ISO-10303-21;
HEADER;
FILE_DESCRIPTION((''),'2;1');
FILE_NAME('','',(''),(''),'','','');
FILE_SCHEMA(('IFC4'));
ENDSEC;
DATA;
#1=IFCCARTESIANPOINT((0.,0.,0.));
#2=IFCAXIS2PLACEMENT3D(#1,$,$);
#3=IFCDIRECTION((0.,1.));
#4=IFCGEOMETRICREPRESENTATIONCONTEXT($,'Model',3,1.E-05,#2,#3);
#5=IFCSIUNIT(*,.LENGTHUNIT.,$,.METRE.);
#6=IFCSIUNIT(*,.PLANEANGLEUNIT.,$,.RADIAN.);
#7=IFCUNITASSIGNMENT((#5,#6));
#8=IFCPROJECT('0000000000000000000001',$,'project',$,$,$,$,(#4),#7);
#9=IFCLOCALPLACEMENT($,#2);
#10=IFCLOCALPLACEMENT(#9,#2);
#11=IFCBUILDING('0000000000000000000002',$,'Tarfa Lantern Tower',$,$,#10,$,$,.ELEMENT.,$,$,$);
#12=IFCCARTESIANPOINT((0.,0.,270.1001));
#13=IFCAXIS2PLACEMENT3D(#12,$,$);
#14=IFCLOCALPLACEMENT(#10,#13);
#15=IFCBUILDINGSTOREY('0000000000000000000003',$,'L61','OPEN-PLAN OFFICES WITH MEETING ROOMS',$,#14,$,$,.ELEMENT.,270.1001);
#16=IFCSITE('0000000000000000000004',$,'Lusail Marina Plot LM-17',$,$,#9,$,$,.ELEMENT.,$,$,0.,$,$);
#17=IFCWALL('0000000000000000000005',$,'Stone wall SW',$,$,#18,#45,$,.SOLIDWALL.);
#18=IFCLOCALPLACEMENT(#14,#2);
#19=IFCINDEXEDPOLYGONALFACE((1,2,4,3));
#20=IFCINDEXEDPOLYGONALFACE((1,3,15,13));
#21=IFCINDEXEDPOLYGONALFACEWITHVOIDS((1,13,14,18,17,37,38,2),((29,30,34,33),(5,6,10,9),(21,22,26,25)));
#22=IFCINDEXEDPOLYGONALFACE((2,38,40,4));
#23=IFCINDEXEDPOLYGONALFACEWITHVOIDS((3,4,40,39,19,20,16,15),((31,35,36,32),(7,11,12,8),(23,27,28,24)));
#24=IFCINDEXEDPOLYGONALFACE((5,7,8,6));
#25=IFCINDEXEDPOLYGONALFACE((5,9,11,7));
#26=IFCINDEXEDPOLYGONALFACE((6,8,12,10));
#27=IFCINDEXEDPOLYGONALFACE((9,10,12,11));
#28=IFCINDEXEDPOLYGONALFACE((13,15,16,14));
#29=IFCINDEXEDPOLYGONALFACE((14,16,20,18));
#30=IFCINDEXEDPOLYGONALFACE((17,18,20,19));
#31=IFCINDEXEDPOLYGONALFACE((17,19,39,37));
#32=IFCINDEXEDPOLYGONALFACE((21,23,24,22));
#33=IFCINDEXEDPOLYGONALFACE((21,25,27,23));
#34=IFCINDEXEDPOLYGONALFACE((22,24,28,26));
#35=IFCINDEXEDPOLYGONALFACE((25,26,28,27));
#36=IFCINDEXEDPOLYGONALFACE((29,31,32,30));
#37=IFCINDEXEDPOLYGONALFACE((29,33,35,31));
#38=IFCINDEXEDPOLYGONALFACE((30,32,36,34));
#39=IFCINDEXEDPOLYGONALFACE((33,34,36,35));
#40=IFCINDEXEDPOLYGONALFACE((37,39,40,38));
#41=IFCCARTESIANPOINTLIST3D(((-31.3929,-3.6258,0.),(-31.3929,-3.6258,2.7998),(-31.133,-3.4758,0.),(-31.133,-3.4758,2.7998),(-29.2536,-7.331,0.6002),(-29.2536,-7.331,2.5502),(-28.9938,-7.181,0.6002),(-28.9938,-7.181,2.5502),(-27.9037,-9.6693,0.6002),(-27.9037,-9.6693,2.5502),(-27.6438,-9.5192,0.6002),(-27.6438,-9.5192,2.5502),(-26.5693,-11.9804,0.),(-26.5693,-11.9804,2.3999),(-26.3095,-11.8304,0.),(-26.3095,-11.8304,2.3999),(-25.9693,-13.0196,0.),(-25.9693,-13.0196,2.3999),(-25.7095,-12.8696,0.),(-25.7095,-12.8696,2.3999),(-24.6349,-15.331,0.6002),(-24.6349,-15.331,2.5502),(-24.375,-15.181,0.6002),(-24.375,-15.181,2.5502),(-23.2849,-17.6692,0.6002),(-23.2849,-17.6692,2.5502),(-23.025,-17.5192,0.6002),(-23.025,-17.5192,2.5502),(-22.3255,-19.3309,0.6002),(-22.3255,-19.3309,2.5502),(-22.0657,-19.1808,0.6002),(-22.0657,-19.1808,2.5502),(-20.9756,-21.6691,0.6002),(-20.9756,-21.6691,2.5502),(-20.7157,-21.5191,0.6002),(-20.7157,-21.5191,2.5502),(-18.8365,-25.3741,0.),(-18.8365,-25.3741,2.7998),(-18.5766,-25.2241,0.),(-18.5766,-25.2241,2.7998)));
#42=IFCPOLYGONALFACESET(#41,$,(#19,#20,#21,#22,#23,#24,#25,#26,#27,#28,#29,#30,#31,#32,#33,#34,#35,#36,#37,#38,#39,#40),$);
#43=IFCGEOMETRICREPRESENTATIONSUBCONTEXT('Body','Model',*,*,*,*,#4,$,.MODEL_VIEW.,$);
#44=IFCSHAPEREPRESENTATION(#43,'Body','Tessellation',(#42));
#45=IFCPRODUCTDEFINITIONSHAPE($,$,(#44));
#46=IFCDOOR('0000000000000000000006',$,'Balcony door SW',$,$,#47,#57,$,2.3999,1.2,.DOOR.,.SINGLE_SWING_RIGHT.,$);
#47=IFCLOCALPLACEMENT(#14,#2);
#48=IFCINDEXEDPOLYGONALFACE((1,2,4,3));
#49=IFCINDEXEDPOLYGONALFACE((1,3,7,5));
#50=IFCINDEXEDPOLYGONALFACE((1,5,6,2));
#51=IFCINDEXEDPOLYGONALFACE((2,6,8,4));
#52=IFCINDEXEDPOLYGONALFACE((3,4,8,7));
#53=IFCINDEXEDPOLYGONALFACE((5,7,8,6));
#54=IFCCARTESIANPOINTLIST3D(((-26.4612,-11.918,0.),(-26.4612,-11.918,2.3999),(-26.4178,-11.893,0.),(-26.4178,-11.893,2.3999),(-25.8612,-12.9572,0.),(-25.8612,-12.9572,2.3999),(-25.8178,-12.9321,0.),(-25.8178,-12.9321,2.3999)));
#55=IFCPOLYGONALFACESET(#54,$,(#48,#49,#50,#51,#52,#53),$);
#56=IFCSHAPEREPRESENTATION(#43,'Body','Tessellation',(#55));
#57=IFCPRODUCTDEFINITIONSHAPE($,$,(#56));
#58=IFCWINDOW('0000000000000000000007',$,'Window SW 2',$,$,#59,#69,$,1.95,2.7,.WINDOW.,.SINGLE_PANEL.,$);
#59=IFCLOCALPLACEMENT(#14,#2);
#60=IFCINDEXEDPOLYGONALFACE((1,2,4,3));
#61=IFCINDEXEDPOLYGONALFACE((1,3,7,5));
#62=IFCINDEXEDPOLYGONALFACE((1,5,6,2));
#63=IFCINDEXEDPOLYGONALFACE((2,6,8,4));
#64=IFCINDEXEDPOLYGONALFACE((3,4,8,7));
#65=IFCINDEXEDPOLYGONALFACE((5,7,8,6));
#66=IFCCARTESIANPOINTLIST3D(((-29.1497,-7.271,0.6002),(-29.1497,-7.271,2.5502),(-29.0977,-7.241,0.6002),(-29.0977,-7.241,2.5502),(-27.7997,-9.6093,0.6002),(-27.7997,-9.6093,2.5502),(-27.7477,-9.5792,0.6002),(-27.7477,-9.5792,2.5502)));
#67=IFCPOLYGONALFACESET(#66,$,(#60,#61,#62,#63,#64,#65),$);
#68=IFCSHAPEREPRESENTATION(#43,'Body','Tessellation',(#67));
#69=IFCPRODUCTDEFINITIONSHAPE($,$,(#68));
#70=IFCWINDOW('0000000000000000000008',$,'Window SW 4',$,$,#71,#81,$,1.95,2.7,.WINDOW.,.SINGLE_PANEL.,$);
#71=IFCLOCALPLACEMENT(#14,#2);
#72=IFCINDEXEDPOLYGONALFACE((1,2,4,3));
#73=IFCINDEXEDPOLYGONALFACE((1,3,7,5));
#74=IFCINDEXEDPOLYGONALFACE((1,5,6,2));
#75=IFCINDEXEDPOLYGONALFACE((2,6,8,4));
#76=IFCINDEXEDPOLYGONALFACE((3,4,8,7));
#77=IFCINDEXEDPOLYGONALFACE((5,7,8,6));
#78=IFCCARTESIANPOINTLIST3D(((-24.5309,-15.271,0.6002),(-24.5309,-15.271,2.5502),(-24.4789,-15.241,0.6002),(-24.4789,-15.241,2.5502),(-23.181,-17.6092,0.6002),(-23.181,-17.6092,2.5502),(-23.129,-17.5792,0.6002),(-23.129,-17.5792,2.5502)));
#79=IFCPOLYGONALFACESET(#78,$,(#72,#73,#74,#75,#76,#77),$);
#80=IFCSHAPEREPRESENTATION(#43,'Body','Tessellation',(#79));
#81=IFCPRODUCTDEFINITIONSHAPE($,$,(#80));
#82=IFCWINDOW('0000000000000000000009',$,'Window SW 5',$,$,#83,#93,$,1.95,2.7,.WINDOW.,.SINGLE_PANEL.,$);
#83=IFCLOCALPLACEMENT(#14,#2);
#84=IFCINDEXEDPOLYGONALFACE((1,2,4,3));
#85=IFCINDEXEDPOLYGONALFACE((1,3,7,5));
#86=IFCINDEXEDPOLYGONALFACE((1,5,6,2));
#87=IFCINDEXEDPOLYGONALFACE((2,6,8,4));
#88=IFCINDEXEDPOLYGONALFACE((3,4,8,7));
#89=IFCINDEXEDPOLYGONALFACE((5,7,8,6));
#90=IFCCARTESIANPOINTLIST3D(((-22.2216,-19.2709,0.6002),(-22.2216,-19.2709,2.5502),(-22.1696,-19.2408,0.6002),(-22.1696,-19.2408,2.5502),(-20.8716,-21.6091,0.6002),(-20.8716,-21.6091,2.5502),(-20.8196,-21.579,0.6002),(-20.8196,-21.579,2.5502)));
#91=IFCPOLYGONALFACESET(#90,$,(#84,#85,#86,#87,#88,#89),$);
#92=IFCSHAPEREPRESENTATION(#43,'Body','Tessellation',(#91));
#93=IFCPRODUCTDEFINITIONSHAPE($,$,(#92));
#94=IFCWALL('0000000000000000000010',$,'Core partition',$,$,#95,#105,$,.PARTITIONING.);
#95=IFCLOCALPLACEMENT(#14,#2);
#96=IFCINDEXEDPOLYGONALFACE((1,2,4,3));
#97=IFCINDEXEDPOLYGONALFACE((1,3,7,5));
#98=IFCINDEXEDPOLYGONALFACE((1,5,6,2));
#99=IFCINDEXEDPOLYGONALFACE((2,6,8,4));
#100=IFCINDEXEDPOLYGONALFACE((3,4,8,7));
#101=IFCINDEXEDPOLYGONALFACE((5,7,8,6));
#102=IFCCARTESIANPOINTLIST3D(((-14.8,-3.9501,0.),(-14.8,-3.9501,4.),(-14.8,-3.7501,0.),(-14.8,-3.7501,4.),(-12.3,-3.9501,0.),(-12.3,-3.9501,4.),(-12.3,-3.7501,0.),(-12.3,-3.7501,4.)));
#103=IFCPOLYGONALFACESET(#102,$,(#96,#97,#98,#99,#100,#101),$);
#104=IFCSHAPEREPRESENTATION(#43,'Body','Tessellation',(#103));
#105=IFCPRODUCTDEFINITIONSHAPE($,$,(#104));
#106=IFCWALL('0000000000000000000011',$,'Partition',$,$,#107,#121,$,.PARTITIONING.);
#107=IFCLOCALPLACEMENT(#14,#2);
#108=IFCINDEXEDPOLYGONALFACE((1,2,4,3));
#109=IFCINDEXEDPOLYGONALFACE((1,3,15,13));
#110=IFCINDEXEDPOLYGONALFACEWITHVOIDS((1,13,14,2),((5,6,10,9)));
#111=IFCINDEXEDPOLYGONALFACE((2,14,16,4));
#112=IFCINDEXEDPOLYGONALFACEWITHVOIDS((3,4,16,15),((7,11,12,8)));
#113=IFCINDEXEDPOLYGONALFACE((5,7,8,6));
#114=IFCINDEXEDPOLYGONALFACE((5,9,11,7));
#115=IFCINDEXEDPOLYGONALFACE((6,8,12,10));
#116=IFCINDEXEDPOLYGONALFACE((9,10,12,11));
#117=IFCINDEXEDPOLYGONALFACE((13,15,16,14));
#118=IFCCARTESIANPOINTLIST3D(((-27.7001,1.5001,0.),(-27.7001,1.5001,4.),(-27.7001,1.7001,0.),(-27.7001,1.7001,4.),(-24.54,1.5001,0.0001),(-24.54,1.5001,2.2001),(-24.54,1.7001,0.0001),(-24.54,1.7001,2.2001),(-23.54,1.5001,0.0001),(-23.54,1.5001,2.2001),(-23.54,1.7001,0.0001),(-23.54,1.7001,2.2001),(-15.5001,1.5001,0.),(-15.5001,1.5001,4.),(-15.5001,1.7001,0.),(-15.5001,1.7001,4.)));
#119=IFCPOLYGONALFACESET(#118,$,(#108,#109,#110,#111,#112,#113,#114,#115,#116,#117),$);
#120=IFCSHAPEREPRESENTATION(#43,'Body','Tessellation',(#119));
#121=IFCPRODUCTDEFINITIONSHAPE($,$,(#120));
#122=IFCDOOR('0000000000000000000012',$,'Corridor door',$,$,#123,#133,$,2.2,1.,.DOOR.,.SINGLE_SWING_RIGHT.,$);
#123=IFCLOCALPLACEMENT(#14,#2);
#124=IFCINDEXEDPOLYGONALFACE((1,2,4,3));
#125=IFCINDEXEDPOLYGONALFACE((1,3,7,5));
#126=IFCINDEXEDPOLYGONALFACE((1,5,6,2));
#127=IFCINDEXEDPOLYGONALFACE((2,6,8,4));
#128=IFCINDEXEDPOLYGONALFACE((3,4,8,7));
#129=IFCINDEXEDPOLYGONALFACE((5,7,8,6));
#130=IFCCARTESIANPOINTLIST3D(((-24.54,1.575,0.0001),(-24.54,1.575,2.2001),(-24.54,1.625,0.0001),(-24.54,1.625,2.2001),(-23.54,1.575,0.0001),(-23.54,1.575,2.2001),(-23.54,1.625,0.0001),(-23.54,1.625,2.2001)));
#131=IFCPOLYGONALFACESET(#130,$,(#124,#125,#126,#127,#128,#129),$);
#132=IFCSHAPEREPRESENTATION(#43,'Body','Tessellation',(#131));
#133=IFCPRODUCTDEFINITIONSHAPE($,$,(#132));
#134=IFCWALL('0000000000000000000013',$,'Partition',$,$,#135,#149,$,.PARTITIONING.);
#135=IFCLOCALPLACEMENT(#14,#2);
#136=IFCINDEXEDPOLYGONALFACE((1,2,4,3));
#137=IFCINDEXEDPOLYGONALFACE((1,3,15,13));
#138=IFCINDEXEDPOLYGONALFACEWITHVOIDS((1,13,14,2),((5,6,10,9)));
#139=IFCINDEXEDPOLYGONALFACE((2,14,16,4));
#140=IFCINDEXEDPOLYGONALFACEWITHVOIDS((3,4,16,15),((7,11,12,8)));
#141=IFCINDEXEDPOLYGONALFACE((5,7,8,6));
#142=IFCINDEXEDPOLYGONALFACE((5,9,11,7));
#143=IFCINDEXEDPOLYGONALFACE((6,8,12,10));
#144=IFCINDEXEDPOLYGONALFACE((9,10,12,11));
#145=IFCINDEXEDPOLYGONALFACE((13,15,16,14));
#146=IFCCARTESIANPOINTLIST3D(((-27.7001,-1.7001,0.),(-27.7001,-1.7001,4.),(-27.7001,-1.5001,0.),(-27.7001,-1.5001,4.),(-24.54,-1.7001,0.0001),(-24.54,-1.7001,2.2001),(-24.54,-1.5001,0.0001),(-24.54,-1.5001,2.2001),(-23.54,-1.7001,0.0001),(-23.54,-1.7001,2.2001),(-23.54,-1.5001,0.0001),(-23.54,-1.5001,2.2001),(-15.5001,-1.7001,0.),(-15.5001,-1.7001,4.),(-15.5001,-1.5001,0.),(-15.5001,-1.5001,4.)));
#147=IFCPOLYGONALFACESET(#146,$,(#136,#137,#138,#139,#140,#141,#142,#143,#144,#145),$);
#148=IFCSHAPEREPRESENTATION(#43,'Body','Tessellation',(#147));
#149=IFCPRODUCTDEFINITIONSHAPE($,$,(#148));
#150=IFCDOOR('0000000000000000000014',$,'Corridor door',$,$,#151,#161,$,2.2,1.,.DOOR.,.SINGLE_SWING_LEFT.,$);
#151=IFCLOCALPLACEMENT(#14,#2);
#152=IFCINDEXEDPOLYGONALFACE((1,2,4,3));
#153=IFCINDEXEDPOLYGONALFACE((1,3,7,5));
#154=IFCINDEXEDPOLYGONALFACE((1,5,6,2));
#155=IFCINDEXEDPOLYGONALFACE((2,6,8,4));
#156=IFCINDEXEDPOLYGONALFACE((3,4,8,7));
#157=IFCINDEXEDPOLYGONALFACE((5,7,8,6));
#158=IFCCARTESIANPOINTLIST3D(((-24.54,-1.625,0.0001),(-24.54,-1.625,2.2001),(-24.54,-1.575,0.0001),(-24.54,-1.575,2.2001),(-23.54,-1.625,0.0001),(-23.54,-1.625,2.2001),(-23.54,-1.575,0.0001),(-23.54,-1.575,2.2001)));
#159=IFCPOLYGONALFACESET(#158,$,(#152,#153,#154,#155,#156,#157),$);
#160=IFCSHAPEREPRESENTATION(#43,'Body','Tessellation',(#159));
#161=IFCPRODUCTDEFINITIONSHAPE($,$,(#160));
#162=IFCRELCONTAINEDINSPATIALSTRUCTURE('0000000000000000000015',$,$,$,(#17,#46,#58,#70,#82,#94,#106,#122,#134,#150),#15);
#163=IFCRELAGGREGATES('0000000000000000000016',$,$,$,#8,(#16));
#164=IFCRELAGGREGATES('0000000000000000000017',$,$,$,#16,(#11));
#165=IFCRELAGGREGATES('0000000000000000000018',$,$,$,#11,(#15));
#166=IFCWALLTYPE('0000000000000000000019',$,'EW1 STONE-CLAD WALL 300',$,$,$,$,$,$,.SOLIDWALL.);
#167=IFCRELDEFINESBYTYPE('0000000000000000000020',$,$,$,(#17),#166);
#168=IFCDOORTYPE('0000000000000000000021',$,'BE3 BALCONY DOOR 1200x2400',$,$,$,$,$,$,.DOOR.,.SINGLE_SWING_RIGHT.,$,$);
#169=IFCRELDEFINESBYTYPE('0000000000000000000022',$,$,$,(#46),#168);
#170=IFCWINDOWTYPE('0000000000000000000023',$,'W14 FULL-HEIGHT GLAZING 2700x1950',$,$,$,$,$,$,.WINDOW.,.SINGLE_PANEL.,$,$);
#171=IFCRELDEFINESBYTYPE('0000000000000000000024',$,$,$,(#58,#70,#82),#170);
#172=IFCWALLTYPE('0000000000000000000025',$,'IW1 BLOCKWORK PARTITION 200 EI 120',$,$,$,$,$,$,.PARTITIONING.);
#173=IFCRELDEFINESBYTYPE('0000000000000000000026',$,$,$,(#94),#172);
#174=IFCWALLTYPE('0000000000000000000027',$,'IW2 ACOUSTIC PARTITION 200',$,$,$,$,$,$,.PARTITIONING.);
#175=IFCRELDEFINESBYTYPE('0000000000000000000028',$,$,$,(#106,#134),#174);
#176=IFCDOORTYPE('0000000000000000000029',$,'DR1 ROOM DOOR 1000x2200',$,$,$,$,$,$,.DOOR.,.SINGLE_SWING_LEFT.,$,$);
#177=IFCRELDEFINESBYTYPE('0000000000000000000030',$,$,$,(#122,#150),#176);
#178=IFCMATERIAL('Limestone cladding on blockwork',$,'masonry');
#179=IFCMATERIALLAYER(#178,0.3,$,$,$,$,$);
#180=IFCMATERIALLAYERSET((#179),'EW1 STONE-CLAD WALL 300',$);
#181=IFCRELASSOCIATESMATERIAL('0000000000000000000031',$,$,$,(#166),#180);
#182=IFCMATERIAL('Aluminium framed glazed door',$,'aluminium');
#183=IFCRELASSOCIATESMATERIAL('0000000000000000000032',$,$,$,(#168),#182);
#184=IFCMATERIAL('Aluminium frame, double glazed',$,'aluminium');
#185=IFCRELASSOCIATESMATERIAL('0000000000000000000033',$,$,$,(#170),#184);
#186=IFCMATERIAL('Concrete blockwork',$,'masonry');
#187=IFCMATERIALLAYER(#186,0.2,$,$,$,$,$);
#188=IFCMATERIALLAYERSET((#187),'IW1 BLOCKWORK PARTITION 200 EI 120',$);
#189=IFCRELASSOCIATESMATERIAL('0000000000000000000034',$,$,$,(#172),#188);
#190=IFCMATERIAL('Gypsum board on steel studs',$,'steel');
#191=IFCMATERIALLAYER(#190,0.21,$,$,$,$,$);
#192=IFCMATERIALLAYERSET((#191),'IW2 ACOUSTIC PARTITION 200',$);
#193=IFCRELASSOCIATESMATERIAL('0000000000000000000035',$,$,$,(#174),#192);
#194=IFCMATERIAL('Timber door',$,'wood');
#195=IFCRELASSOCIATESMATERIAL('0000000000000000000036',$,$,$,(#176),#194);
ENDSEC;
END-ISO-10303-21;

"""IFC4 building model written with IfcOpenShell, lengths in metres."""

from ifc_helpers import new_model, si_unit, direction, frame, frame_2d, origin, place, context, subcontext, project, spatial, rectangle, extrude, material, layer, layer_set, type_object, element, fill, save


model = new_model("IFC4")

# Units and contexts
model_context = context("Model", 3, precision=1e-05, world=origin(), true_north=direction((0.0, 1.0)))
body_context = subcontext(model_context, "Body", "Model", "MODEL_VIEW")
ifc_project = project(units=[si_unit("LENGTHUNIT", "METRE"), si_unit("PLANEANGLEUNIT", "RADIAN")], contexts=[model_context])

# Site, building, storey
site_placement = place(None, origin())
site = spatial("IfcSite", under=ifc_project, at=site_placement, Name="Lusail Marina Plot LM-17", CompositionType="ELEMENT", RefElevation=0.0)
building_placement = place(site_placement, origin())
building = spatial("IfcBuilding", under=site, at=building_placement, Name="Tarfa Lantern Tower", CompositionType="ELEMENT")
storey_placement = place(building_placement, frame((0.0, 0.0, 270.1001)))
storey = spatial("IfcBuildingStorey", under=building, at=storey_placement, Name="L61", Description="OPEN-PLAN OFFICES WITH MEETING ROOMS", CompositionType="ELEMENT", Elevation=270.1001)

# Wall, openings, door, windows
ifc_material_1 = material(Name="Limestone cladding on blockwork", Category="masonry")
ifc_layer_1 = layer(ifc_material_1, 0.3)
ifc_layer_set_1 = layer_set([ifc_layer_1], Name="EW1 STONE-CLAD WALL 300")
wall_type_1 = type_object("IfcWallType", Name="EW1 STONE-CLAD WALL 300", PredefinedType="SOLIDWALL", material=ifc_layer_set_1)
wall_1_placement = place(storey_placement, frame((-31.2629, -3.5508, 0.0), z_axis=(0.0, 0.0, 1.0), x_axis=(0.5, -0.866025, 0.0)))
wall_1 = element("IfcWall", 1, at=wall_1_placement, inside=storey, type_object=wall_type_1, Name="Stone wall SW", PredefinedType="SOLIDWALL", context=body_context, shape_type="SweptSolid", body=[
    extrude(rectangle(XDim=25.1128, YDim=0.3, at=frame_2d((12.5564, 0.0))), origin(), (0.0, 0.0, 1.0), 2.7998),
])
opening_1_placement = place(wall_1_placement, frame((4.2783, 0.0, 0.6001)))
opening_1 = element("IfcOpeningElement", 2, at=opening_1_placement, cuts=wall_1, PredefinedType="OPENING", context=body_context, shape_type="SweptSolid", body=[
    extrude(rectangle(XDim=2.7, YDim=1.95, at=frame_2d((1.3501, 0.9751))), frame((0.0, 0.1599, 0.0), z_axis=(0.0, -1.0, 0.0), x_axis=(1.0, 0.0, 0.0)), (0.0, 0.0, 1.0), 0.3201),
])
opening_2_placement = place(wall_1_placement, frame((9.647, 0.0, 0.0)))
opening_2 = element("IfcOpeningElement", 3, at=opening_2_placement, cuts=wall_1, PredefinedType="OPENING", context=body_context, shape_type="SweptSolid", body=[
    extrude(rectangle(XDim=1.2, YDim=2.3999, at=frame_2d((0.6001, 1.2))), frame((0.0, 0.1599, 0.0), z_axis=(0.0, -1.0, 0.0), x_axis=(1.0, 0.0, 0.0)), (0.0, 0.0, 1.0), 0.3201),
])
opening_3_placement = place(wall_1_placement, frame((13.5159, 0.0, 0.6001)))
opening_3 = element("IfcOpeningElement", 4, at=opening_3_placement, cuts=wall_1, PredefinedType="OPENING", context=body_context, shape_type="SweptSolid", body=[
    extrude(rectangle(XDim=2.7, YDim=1.95, at=frame_2d((1.3501, 0.9751))), frame((0.0, 0.1599, 0.0), z_axis=(0.0, -1.0, 0.0), x_axis=(1.0, 0.0, 0.0)), (0.0, 0.0, 1.0), 0.3201),
])
opening_4_placement = place(wall_1_placement, frame((18.1345, 0.0, 0.6001)))
opening_4 = element("IfcOpeningElement", 5, at=opening_4_placement, cuts=wall_1, PredefinedType="OPENING", context=body_context, shape_type="SweptSolid", body=[
    extrude(rectangle(XDim=2.7, YDim=1.95, at=frame_2d((1.3501, 0.9751))), frame((0.0, 0.1599, 0.0), z_axis=(0.0, -1.0, 0.0), x_axis=(1.0, 0.0, 0.0)), (0.0, 0.0, 1.0), 0.3201),
])
ifc_material_2 = material(Name="Aluminium framed glazed door", Category="aluminium")
door_type_1 = type_object("IfcDoorType", Name="BE3 BALCONY DOOR 1200x2400", OperationType="SINGLE_SWING_RIGHT", PredefinedType="DOOR", material=ifc_material_2)
door_1_placement = place(opening_2_placement, origin())
door_1 = element("IfcDoor", 6, at=door_1_placement, inside=storey, type_object=door_type_1, Name="Balcony door SW", OperationType="SINGLE_SWING_RIGHT", OverallHeight=2.3999, OverallWidth=1.2, PredefinedType="DOOR", context=body_context, shape_type="SweptSolid", body=[
    extrude(rectangle(XDim=1.2, YDim=2.3999, at=frame_2d((0.6001, 1.2))), frame((0.0, 0.0249, 0.0), z_axis=(0.0, -1.0, 0.0), x_axis=(1.0, 0.0, 0.0)), (0.0, 0.0, 1.0), 0.05),
])
fill(opening_2, door_1)
ifc_material_3 = material(Name="Aluminium frame, double glazed", Category="aluminium")
window_type = type_object("IfcWindowType", Name="W14 FULL-HEIGHT GLAZING 2700x1950", PartitioningType="SINGLE_PANEL", PredefinedType="WINDOW", material=ifc_material_3)
window_1_placement = place(opening_1_placement, origin())
window_1 = element("IfcWindow", 7, at=window_1_placement, inside=storey, type_object=window_type, Name="Window SW 2", OverallHeight=1.95, OverallWidth=2.7, PartitioningType="SINGLE_PANEL", PredefinedType="WINDOW", context=body_context, shape_type="SweptSolid", body=[
    extrude(rectangle(XDim=2.7, YDim=1.95, at=frame_2d((1.3501, 0.9751))), frame((0.0, 0.03, 0.0), z_axis=(0.0, -1.0, 0.0), x_axis=(1.0, 0.0, 0.0)), (0.0, 0.0, 1.0), 0.0601),
])
fill(opening_1, window_1)
window_2_placement = place(opening_3_placement, origin())
window_2 = element("IfcWindow", 8, at=window_2_placement, inside=storey, type_object=window_type, Name="Window SW 4", OverallHeight=1.95, OverallWidth=2.7, PartitioningType="SINGLE_PANEL", PredefinedType="WINDOW", context=body_context, shape_type="SweptSolid", body=[
    extrude(rectangle(XDim=2.7, YDim=1.95, at=frame_2d((1.3501, 0.9751))), frame((0.0, 0.03, 0.0), z_axis=(0.0, -1.0, 0.0), x_axis=(1.0, 0.0, 0.0)), (0.0, 0.0, 1.0), 0.0601),
])
fill(opening_3, window_2)
window_3_placement = place(opening_4_placement, origin())
window_3 = element("IfcWindow", 9, at=window_3_placement, inside=storey, type_object=window_type, Name="Window SW 5", OverallHeight=1.95, OverallWidth=2.7, PartitioningType="SINGLE_PANEL", PredefinedType="WINDOW", context=body_context, shape_type="SweptSolid", body=[
    extrude(rectangle(XDim=2.7, YDim=1.95, at=frame_2d((1.3501, 0.9751))), frame((0.0, 0.03, 0.0), z_axis=(0.0, -1.0, 0.0), x_axis=(1.0, 0.0, 0.0)), (0.0, 0.0, 1.0), 0.0601),
])
fill(opening_4, window_3)

# Wall
ifc_material_4 = material(Name="Concrete blockwork", Category="masonry")
ifc_layer_2 = layer(ifc_material_4, 0.2)
ifc_layer_set_2 = layer_set([ifc_layer_2], Name="IW1 BLOCKWORK PARTITION 200 EI 120")
wall_type_2 = type_object("IfcWallType", Name="IW1 BLOCKWORK PARTITION 200 EI 120", PredefinedType="PARTITIONING", material=ifc_layer_set_2)
wall_2_placement = place(storey_placement, frame((-12.3, -3.8501, 0.0), z_axis=(0.0, 0.0, 1.0), x_axis=(-1.0, 0.0, 0.0)))
element("IfcWall", 10, at=wall_2_placement, inside=storey, type_object=wall_type_2, Name="Core partition", PredefinedType="PARTITIONING", context=body_context, shape_type="SweptSolid", body=[
    extrude(rectangle(XDim=2.5, YDim=0.2, at=frame_2d((1.25, 0.0))), origin(), (0.0, 0.0, 1.0), 4.0),
])

# Walls, openings, doors
ifc_material_5 = material(Name="Gypsum board on steel studs", Category="steel")
ifc_layer_3 = layer(ifc_material_5, 0.21)
ifc_layer_set_3 = layer_set([ifc_layer_3], Name="IW2 ACOUSTIC PARTITION 200")
wall_type_3 = type_object("IfcWallType", Name="IW2 ACOUSTIC PARTITION 200", PredefinedType="PARTITIONING", material=ifc_layer_set_3)
wall_3_placement = place(storey_placement, frame((-15.5, 1.6001, 0.0), z_axis=(0.0, 0.0, 1.0), x_axis=(-1.0, 0.0, 0.0)))
wall_3 = element("IfcWall", 11, at=wall_3_placement, inside=storey, type_object=wall_type_3, Name="Partition", PredefinedType="PARTITIONING", context=body_context, shape_type="SweptSolid", body=[
    extrude(rectangle(XDim=12.2, YDim=0.2, at=frame_2d((6.1001, 0.0))), origin(), (0.0, 0.0, 1.0), 4.0),
])
opening_5_placement = place(wall_3_placement, frame((8.04, 0.0, 0.0)))
opening_5 = element("IfcOpeningElement", 12, at=opening_5_placement, cuts=wall_3, PredefinedType="OPENING", context=body_context, shape_type="SweptSolid", body=[
    extrude(rectangle(XDim=1.0, YDim=2.2, at=frame_2d((0.5, 1.1001))), frame((0.0, 0.1099, 0.0), z_axis=(0.0, -1.0, 0.0), x_axis=(1.0, 0.0, 0.0)), (0.0, 0.0, 1.0), 0.22),
])
ifc_material_6 = material(Name="Timber door", Category="wood")
door_type_2 = type_object("IfcDoorType", Name="DR1 ROOM DOOR 1000x2200", OperationType="SINGLE_SWING_LEFT", PredefinedType="DOOR", material=ifc_material_6)
door_2_placement = place(opening_5_placement, frame((1.0, 0.0, 0.0), z_axis=(0.0, 0.0, 1.0), x_axis=(-1.0, 0.0, 0.0)))
door_2 = element("IfcDoor", 13, at=door_2_placement, inside=storey, type_object=door_type_2, Name="Corridor door", OperationType="SINGLE_SWING_RIGHT", OverallHeight=2.2, OverallWidth=1.0, PredefinedType="DOOR", context=body_context, shape_type="SweptSolid", body=[
    extrude(rectangle(XDim=1.0, YDim=2.2, at=frame_2d((0.5, 1.1001))), frame((0.0, 0.0249, 0.0), z_axis=(0.0, -1.0, 0.0), x_axis=(1.0, 0.0, 0.0)), (0.0, 0.0, 1.0), 0.05),
])
fill(opening_5, door_2)
wall_4_placement = place(storey_placement, frame((-15.5, -1.6001, 0.0), z_axis=(0.0, 0.0, 1.0), x_axis=(-1.0, 0.0, 0.0)))
wall_4 = element("IfcWall", 14, at=wall_4_placement, inside=storey, type_object=wall_type_3, Name="Partition", PredefinedType="PARTITIONING", context=body_context, shape_type="SweptSolid", body=[
    extrude(rectangle(XDim=12.2, YDim=0.2, at=frame_2d((6.1001, 0.0))), origin(), (0.0, 0.0, 1.0), 4.0),
])
opening_6_placement = place(wall_4_placement, frame((8.04, 0.0, 0.0)))
opening_6 = element("IfcOpeningElement", 15, at=opening_6_placement, cuts=wall_4, PredefinedType="OPENING", context=body_context, shape_type="SweptSolid", body=[
    extrude(rectangle(XDim=1.0, YDim=2.2, at=frame_2d((0.5, 1.1001))), frame((0.0, 0.1099, 0.0), z_axis=(0.0, -1.0, 0.0), x_axis=(1.0, 0.0, 0.0)), (0.0, 0.0, 1.0), 0.22),
])
door_3_placement = place(opening_6_placement, origin())
door_3 = element("IfcDoor", 16, at=door_3_placement, inside=storey, type_object=door_type_2, Name="Corridor door", OperationType="SINGLE_SWING_LEFT", OverallHeight=2.2, OverallWidth=1.0, PredefinedType="DOOR", context=body_context, shape_type="SweptSolid", body=[
    extrude(rectangle(XDim=1.0, YDim=2.2, at=frame_2d((0.5, 1.1001))), frame((0.0, 0.0249, 0.0), z_axis=(0.0, -1.0, 0.0), x_axis=(1.0, 0.0, 0.0)), (0.0, 0.0, 1.0), 0.05),
])
fill(opening_6, door_3)

save(model, "model.ifc")
